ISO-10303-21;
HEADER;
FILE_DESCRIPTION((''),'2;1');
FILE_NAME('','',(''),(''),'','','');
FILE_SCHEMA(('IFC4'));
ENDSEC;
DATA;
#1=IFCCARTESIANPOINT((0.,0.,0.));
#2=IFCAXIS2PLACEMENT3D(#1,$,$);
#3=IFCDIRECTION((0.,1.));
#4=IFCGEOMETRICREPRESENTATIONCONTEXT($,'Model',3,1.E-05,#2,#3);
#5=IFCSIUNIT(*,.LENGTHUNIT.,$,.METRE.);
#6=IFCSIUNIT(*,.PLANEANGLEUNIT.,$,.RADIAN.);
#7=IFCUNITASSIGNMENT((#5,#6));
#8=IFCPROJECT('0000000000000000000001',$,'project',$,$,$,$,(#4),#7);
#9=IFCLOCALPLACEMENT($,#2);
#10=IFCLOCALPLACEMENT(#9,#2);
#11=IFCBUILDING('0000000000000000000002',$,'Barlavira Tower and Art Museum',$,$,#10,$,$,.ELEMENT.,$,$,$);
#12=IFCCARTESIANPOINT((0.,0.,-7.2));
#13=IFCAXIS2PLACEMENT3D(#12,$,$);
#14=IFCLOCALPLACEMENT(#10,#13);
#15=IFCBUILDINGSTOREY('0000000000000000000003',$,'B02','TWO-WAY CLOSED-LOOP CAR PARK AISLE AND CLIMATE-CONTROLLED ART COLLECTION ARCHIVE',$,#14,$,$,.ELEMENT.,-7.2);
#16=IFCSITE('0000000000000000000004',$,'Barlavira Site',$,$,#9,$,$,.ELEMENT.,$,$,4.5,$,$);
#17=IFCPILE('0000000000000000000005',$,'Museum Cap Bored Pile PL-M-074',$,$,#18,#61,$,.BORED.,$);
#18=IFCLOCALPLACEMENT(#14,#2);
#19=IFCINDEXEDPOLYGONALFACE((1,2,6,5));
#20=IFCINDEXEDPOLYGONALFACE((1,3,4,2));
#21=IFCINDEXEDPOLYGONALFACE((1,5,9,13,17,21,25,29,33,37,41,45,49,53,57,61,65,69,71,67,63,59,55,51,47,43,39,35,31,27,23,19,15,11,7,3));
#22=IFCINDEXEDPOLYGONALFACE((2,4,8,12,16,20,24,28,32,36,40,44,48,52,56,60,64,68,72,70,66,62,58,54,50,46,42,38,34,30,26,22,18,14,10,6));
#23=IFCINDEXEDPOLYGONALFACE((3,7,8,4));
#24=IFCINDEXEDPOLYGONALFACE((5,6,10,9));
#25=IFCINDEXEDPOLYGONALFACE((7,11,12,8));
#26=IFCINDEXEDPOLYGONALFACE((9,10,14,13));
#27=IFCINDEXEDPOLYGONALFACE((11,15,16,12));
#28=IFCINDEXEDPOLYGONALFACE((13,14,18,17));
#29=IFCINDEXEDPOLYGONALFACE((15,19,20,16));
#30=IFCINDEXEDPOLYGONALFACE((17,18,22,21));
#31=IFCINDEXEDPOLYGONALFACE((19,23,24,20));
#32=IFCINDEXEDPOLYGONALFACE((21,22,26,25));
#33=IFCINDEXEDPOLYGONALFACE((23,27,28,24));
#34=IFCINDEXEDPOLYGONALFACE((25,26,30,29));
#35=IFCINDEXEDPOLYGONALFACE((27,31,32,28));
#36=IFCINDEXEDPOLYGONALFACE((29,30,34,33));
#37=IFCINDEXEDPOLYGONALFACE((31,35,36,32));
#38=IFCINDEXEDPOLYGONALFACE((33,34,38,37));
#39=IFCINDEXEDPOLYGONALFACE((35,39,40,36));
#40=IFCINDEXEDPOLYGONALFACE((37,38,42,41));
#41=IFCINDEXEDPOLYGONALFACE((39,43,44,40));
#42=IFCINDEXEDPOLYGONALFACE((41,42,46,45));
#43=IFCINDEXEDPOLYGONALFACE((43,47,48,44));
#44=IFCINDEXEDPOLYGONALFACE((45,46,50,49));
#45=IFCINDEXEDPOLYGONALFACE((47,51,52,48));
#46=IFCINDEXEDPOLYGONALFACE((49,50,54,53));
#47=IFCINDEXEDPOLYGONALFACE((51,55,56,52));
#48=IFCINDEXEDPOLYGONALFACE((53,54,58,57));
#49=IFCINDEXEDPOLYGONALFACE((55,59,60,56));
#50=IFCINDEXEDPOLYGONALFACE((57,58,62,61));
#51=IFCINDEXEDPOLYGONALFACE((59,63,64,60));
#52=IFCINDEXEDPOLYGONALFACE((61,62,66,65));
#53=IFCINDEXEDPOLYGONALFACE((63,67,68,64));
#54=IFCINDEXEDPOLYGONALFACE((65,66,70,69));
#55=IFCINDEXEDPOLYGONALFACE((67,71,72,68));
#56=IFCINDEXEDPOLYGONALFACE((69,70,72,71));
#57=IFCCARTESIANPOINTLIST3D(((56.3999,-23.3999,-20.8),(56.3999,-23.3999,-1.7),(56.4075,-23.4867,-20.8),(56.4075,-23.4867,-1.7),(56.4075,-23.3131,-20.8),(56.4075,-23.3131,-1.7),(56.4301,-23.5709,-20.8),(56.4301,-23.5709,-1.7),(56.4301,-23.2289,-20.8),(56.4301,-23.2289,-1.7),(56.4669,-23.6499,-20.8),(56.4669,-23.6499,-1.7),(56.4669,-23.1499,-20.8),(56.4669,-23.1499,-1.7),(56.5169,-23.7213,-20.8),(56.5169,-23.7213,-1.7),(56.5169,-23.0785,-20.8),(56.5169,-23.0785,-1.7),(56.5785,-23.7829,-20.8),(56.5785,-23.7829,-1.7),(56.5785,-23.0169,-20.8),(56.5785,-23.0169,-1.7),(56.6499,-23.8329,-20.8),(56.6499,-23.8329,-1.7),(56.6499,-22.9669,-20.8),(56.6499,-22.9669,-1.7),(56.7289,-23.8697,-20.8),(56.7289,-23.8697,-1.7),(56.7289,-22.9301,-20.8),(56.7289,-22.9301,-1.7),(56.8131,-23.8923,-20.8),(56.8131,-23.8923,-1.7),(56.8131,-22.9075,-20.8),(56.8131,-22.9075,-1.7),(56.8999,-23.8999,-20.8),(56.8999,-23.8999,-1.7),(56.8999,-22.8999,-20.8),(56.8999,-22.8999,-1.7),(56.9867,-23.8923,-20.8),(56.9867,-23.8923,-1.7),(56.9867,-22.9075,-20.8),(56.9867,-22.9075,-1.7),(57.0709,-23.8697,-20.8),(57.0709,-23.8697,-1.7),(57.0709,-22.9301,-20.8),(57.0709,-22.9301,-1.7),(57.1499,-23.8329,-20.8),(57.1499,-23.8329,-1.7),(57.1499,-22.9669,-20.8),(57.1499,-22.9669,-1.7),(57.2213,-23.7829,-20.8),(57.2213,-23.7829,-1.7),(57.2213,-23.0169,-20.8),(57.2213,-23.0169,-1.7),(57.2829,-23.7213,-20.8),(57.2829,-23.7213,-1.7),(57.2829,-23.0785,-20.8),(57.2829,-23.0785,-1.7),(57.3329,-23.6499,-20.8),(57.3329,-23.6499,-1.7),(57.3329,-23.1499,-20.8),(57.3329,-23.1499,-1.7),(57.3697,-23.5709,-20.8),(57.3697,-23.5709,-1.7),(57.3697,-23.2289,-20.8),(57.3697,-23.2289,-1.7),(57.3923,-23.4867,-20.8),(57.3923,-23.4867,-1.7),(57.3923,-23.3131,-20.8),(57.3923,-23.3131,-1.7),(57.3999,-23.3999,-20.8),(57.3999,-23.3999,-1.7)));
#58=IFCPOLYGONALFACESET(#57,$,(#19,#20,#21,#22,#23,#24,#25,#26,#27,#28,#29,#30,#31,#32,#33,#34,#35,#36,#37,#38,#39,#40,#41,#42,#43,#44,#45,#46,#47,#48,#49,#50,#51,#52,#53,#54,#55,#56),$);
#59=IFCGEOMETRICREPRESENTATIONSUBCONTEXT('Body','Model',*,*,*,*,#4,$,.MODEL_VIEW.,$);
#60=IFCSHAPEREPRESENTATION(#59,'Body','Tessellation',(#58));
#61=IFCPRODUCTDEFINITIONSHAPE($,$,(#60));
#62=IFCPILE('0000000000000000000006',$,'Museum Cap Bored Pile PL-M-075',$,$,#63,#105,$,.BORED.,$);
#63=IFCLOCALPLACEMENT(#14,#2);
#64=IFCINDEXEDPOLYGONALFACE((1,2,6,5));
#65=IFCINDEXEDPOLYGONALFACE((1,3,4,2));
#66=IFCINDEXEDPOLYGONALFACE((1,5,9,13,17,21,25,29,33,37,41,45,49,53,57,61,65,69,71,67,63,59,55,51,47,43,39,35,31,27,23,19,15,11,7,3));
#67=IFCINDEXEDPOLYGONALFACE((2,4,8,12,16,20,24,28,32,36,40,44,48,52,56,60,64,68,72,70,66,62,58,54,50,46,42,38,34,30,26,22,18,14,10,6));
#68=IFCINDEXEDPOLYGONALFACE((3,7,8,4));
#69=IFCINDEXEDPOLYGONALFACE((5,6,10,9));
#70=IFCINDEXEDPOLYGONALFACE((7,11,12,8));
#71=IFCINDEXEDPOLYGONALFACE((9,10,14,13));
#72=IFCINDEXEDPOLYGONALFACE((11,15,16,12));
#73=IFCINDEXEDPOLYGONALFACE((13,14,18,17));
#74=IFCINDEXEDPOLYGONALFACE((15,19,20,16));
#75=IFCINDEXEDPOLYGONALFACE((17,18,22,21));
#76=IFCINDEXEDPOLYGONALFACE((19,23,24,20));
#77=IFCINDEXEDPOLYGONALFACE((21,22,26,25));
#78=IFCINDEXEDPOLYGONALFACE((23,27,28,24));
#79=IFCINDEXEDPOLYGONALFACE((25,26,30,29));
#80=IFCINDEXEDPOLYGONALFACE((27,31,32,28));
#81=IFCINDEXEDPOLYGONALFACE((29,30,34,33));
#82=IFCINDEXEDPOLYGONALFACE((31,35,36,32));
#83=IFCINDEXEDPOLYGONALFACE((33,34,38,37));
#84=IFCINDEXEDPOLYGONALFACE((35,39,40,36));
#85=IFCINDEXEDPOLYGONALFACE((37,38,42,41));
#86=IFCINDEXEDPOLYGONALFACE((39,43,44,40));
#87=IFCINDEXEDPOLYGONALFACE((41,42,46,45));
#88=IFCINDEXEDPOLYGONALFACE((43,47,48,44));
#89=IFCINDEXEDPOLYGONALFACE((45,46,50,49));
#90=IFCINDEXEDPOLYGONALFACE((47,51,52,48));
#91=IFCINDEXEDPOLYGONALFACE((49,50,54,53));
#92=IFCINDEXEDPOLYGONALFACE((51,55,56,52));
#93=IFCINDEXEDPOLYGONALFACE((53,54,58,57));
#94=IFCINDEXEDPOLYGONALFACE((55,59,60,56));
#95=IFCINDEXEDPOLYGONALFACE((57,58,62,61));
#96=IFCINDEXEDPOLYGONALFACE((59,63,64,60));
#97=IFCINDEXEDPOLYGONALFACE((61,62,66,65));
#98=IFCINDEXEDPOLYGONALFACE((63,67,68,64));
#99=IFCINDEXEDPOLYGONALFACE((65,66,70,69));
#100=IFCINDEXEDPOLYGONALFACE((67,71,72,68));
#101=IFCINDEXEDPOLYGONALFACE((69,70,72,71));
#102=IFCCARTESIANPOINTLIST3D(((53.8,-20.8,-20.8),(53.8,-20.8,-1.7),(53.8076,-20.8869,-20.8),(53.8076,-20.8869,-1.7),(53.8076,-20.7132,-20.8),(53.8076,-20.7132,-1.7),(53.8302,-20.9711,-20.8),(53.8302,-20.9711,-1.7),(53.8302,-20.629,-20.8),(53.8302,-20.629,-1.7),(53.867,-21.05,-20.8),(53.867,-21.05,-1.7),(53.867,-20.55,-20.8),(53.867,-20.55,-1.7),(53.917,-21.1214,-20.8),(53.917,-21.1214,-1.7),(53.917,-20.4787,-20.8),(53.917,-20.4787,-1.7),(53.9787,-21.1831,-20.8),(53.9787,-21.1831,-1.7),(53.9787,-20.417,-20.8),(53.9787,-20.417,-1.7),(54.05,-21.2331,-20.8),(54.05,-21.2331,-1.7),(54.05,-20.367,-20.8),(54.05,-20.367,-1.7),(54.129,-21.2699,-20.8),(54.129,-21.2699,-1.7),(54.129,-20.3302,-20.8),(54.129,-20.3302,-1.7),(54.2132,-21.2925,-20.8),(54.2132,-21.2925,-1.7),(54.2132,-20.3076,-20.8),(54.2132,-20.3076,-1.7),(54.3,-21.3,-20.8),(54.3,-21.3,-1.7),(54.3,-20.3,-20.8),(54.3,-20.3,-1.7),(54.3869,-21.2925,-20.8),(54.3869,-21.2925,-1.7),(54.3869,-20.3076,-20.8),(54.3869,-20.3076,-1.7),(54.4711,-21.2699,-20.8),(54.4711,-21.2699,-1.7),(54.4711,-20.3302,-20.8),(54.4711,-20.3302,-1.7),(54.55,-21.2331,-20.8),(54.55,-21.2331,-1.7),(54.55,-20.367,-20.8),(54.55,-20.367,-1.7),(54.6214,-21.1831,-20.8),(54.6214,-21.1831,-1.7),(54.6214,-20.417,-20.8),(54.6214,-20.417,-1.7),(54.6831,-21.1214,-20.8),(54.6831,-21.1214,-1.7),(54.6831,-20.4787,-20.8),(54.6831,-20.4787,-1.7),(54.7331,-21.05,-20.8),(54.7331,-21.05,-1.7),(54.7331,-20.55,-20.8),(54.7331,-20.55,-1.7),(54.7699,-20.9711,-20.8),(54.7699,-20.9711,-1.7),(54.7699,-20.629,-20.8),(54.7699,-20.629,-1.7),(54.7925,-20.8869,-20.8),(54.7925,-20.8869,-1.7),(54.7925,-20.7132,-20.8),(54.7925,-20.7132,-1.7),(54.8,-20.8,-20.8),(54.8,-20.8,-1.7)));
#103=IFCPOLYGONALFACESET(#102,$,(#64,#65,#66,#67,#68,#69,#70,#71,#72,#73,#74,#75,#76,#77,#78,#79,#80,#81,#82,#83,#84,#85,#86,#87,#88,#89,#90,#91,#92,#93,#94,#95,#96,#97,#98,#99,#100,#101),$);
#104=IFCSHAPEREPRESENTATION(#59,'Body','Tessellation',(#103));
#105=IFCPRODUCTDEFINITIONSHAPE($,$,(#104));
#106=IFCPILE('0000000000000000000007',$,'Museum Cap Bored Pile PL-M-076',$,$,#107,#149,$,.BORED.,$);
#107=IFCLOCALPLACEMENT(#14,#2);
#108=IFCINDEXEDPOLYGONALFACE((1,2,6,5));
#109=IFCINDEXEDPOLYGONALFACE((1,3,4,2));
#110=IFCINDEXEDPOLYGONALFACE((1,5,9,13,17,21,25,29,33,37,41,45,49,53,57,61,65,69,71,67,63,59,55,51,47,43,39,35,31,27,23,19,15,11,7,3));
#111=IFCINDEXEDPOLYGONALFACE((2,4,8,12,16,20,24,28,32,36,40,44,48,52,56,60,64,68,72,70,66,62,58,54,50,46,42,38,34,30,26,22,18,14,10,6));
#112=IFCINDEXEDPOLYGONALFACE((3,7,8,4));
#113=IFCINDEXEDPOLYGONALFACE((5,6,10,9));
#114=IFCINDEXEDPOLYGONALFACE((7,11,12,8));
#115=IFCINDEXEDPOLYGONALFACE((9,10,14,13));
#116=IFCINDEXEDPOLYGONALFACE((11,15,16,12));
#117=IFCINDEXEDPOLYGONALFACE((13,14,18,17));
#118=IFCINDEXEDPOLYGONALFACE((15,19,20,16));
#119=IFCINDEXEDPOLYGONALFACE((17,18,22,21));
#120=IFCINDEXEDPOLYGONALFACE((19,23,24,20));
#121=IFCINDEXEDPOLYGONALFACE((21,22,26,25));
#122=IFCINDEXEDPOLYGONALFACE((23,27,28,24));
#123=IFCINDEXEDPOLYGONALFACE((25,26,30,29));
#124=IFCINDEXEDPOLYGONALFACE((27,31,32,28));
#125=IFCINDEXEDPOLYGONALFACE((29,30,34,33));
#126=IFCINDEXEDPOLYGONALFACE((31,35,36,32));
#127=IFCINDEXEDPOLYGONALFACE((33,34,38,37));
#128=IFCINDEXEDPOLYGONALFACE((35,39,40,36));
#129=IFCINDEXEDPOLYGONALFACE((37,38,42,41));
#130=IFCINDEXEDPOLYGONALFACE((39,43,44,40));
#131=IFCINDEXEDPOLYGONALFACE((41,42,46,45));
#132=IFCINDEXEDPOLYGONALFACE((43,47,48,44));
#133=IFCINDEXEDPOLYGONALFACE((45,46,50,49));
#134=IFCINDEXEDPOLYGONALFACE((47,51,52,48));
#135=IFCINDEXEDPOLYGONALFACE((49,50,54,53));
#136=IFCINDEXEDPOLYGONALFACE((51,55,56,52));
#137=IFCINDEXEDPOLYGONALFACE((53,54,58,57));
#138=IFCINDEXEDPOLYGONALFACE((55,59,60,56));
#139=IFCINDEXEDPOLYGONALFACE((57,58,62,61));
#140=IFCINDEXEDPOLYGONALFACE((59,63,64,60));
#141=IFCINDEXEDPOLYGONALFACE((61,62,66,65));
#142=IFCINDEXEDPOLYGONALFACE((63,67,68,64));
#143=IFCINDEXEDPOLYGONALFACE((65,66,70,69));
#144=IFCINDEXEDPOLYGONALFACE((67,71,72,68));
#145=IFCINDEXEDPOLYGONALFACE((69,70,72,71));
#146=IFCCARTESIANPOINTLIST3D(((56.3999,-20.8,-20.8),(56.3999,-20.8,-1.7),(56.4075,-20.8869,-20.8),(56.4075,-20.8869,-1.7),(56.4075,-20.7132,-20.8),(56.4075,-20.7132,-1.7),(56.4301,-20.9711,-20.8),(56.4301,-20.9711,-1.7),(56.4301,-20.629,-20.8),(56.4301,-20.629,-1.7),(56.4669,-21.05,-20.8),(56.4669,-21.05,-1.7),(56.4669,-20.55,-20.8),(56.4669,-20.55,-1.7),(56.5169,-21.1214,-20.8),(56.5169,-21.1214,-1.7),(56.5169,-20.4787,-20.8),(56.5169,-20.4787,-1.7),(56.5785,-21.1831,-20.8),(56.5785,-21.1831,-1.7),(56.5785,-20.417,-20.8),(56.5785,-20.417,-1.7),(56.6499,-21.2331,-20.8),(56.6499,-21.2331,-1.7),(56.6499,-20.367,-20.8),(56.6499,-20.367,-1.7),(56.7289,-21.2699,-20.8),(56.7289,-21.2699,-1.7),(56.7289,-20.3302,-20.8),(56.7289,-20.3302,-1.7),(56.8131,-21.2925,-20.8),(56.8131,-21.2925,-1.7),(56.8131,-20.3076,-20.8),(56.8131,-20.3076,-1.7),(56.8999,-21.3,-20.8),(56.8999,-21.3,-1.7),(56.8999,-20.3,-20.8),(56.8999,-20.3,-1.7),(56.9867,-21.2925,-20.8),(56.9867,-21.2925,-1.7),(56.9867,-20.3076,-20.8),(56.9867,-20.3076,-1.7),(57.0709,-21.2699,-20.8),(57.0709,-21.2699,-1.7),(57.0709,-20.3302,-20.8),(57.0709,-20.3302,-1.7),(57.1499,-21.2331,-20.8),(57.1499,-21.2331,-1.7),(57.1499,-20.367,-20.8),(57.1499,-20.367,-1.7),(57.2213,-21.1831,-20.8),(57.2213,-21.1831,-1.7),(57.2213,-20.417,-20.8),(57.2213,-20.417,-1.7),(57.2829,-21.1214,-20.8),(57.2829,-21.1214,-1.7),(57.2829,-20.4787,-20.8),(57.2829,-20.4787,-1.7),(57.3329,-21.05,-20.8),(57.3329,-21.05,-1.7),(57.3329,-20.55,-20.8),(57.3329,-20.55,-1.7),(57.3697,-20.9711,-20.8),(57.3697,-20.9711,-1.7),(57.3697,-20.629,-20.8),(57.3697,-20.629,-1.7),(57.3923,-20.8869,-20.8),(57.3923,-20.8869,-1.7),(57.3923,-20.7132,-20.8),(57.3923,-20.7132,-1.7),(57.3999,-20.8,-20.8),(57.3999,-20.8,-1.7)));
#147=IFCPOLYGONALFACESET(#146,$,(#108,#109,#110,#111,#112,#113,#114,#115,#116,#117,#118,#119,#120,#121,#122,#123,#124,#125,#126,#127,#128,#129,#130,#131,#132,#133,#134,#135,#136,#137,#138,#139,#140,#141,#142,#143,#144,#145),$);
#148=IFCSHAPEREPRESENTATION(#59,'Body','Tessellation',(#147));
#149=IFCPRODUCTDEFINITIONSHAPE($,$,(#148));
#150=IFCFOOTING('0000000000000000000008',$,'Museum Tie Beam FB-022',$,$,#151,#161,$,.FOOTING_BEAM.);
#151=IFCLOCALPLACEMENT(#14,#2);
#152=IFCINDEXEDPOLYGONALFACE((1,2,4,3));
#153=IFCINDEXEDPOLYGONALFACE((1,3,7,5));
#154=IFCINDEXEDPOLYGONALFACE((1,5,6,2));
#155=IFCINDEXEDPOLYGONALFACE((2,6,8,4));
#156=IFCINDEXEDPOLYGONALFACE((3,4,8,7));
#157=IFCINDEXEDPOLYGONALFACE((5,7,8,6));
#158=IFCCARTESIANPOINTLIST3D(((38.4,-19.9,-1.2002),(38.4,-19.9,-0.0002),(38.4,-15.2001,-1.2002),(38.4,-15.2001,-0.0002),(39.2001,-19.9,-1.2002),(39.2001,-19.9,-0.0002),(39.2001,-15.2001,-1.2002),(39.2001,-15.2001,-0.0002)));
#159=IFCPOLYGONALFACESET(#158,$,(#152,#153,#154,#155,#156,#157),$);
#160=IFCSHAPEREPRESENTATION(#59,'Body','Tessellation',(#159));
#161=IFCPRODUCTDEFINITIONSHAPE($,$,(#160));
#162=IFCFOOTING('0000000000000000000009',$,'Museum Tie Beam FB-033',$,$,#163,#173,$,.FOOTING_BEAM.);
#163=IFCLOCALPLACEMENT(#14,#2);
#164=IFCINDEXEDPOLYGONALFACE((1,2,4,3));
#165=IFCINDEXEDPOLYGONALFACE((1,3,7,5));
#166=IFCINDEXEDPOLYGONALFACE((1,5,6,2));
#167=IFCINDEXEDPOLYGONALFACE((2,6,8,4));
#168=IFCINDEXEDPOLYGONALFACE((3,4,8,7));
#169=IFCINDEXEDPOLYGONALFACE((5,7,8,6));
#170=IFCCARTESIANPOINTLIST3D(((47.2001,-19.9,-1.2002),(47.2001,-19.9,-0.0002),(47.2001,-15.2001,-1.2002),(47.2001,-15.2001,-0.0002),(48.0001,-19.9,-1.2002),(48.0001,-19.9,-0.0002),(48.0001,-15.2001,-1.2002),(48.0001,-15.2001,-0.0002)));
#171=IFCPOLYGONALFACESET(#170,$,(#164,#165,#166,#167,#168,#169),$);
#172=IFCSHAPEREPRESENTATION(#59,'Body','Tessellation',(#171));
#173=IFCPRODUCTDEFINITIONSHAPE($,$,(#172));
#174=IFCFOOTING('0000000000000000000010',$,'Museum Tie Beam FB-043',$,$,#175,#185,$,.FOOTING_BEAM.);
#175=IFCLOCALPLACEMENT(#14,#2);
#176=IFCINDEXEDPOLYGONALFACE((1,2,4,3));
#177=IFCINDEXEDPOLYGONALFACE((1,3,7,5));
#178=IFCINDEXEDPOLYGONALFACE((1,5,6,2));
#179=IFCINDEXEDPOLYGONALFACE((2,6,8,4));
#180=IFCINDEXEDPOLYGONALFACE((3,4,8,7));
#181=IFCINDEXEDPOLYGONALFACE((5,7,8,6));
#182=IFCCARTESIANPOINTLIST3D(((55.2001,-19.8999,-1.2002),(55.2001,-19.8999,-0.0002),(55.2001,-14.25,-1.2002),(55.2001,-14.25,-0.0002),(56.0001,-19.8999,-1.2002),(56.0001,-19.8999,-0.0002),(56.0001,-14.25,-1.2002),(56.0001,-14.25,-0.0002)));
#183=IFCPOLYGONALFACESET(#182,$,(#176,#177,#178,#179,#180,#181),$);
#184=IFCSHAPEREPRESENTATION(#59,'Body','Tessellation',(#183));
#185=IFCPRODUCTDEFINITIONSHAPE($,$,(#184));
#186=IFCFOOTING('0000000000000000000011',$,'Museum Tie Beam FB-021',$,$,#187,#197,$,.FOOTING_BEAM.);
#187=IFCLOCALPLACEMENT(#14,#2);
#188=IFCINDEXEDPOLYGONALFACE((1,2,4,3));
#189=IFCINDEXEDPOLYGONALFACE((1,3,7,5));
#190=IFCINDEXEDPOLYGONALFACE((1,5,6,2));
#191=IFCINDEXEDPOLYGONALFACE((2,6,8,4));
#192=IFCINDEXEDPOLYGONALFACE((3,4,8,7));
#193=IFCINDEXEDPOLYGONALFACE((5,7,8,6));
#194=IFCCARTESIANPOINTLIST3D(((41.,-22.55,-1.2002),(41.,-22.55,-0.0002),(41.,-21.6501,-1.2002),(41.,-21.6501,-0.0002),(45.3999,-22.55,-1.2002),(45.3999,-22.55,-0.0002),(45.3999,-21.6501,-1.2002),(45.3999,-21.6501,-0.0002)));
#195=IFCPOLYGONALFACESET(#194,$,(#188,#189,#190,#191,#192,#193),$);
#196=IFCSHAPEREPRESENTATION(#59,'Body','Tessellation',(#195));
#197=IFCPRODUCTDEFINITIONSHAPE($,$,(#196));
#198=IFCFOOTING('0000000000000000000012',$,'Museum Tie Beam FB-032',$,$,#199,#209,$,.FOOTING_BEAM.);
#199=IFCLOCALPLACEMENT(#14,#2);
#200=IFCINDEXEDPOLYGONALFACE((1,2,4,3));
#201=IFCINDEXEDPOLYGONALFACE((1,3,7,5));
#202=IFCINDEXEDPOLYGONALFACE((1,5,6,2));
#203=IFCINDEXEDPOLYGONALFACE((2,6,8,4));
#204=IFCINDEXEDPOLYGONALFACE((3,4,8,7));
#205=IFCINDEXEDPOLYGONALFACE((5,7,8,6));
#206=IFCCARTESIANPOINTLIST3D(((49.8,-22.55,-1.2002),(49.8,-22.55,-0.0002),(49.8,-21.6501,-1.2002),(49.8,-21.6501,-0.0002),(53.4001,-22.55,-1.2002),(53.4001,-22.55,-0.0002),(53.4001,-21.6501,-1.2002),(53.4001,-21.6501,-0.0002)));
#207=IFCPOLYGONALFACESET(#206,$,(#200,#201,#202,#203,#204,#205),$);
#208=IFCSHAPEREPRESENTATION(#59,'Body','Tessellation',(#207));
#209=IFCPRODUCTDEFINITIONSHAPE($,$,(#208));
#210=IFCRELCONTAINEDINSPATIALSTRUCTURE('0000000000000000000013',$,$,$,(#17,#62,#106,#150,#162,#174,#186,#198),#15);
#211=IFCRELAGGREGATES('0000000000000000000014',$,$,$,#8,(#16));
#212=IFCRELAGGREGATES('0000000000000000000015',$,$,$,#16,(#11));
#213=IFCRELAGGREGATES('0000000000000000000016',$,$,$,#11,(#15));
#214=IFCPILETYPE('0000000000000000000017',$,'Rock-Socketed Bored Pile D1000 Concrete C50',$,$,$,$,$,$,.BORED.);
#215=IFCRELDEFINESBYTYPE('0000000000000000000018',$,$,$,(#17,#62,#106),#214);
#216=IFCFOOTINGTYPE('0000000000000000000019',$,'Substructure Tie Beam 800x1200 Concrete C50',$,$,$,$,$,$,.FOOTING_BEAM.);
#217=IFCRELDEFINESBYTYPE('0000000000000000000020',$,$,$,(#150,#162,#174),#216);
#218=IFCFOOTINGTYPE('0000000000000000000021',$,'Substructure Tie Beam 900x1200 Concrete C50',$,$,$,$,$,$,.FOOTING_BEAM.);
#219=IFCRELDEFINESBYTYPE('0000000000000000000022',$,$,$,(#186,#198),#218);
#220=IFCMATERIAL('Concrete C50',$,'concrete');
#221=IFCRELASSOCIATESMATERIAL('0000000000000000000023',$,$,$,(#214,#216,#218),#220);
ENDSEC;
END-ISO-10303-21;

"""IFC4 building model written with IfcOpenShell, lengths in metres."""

from ifc_helpers import new_model, si_unit, direction, frame, origin, origin_2d, place, context, subcontext, project, spatial, rectangle, circle, extrude, material, material_profile, profile_set, type_object, element, save


model = new_model("IFC4")

# Units and contexts
model_context = context("Model", 3, precision=1e-05, world=origin(), true_north=direction((0.0, 1.0)))
body_context = subcontext(model_context, "Body", "Model", "MODEL_VIEW")
ifc_project = project(units=[si_unit("LENGTHUNIT", "METRE"), si_unit("PLANEANGLEUNIT", "RADIAN")], contexts=[model_context])

# Site, building, storey
site_placement = place(None, origin())
site = spatial("IfcSite", under=ifc_project, at=site_placement, Name="Barlavira Site", CompositionType="ELEMENT", RefElevation=4.5)
building_placement = place(site_placement, origin())
building = spatial("IfcBuilding", under=site, at=building_placement, Name="Barlavira Tower and Art Museum", CompositionType="ELEMENT")
storey_placement = place(building_placement, frame((0.0, 0.0, -7.2)))
storey = spatial("IfcBuildingStorey", under=building, at=storey_placement, Name="B02", Description="TWO-WAY CLOSED-LOOP CAR PARK AISLE AND CLIMATE-CONTROLLED ART COLLECTION ARCHIVE", CompositionType="ELEMENT", Elevation=-7.2)

# Shared definitions
ifc_material = material(Name="Concrete C50", Category="concrete")

# Piles
ifc_material_profile_1 = material_profile(ifc_material, circle(Radius=0.5, at=origin_2d()), Name="BORED PILE D1000")
ifc_profile_set_1 = profile_set([ifc_material_profile_1], Name="Concrete C50")
pile_type = type_object("IfcPileType", Name="Rock-Socketed Bored Pile D1000 Concrete C50", PredefinedType="BORED", material=ifc_profile_set_1)
for number, where, z_axis, x_axis, name in (
    (1, (56.8999, -23.3999, -1.7), (0.0, 0.0, -1.0), (1.0, 0.0, 0.0), "Museum Cap Bored Pile PL-M-074"),
    (2, (54.3, -20.8, -1.7), (0.0, 0.0, -1.0), (1.0, 0.0, 0.0), "Museum Cap Bored Pile PL-M-075"),
    (3, (56.8999, -20.8, -1.7), (0.0, 0.0, -1.0), (1.0, 0.0, 0.0), "Museum Cap Bored Pile PL-M-076"),
):
    element("IfcPile", number, at=place(storey_placement, frame(where, z_axis=z_axis, x_axis=x_axis)), inside=storey, type_object=pile_type, Name=name, PredefinedType="BORED", context=body_context, shape_type="SweptSolid", body=[
        extrude(circle(Radius=0.5, at=origin_2d()), origin(), (0.0, 0.0, 1.0), 19.1001),
    ])

# Footings
footing_type_1 = type_object("IfcFootingType", Name="Substructure Tie Beam 800x1200 Concrete C50", PredefinedType="FOOTING_BEAM", material=ifc_material)
for number, where, z_axis, x_axis, name in (
    (4, (38.8, -17.55, -1.2002), (0.0, 0.0, 1.0), (1.0, 0.0, 0.0), "Museum Tie Beam FB-022"),
    (5, (47.6001, -17.55, -1.2002), (0.0, 0.0, 1.0), (1.0, 0.0, 0.0), "Museum Tie Beam FB-033"),
):
    element("IfcFooting", number, at=place(storey_placement, frame(where, z_axis=z_axis, x_axis=x_axis)), inside=storey, type_object=footing_type_1, Name=name, PredefinedType="FOOTING_BEAM", context=body_context, shape_type="SweptSolid", body=[
        extrude(rectangle(XDim=0.8, YDim=4.7, at=origin_2d()), origin(), (0.0, 0.0, 1.0), 1.2),
    ])
footing_1_placement = place(storey_placement, frame((55.6001, -17.075, -1.2002), z_axis=(0.0, 0.0, 1.0), x_axis=(1.0, 0.0, 0.0)))
element("IfcFooting", 6, at=footing_1_placement, inside=storey, type_object=footing_type_1, Name="Museum Tie Beam FB-043", PredefinedType="FOOTING_BEAM", context=body_context, shape_type="SweptSolid", body=[
    extrude(rectangle(XDim=0.8, YDim=5.6499, at=origin_2d()), origin(), (0.0, 0.0, 1.0), 1.2),
])
footing_type_2 = type_object("IfcFootingType", Name="Substructure Tie Beam 900x1200 Concrete C50", PredefinedType="FOOTING_BEAM", material=ifc_material)
footing_2_placement = place(storey_placement, frame((43.2, -22.1001, -1.2002), z_axis=(0.0, 0.0, 1.0), x_axis=(1.0, 0.0, 0.0)))
element("IfcFooting", 7, at=footing_2_placement, inside=storey, type_object=footing_type_2, Name="Museum Tie Beam FB-021", PredefinedType="FOOTING_BEAM", context=body_context, shape_type="SweptSolid", body=[
    extrude(rectangle(XDim=4.3999, YDim=0.8999, at=origin_2d()), origin(), (0.0, 0.0, 1.0), 1.2),
])
footing_3_placement = place(storey_placement, frame((51.6001, -22.1001, -1.2002), z_axis=(0.0, 0.0, 1.0), x_axis=(1.0, 0.0, 0.0)))
element("IfcFooting", 8, at=footing_3_placement, inside=storey, type_object=footing_type_2, Name="Museum Tie Beam FB-032", PredefinedType="FOOTING_BEAM", context=body_context, shape_type="SweptSolid", body=[
    extrude(rectangle(XDim=3.6001, YDim=0.8999, at=origin_2d()), origin(), (0.0, 0.0, 1.0), 1.2),
])

save(model, "model.ifc")
